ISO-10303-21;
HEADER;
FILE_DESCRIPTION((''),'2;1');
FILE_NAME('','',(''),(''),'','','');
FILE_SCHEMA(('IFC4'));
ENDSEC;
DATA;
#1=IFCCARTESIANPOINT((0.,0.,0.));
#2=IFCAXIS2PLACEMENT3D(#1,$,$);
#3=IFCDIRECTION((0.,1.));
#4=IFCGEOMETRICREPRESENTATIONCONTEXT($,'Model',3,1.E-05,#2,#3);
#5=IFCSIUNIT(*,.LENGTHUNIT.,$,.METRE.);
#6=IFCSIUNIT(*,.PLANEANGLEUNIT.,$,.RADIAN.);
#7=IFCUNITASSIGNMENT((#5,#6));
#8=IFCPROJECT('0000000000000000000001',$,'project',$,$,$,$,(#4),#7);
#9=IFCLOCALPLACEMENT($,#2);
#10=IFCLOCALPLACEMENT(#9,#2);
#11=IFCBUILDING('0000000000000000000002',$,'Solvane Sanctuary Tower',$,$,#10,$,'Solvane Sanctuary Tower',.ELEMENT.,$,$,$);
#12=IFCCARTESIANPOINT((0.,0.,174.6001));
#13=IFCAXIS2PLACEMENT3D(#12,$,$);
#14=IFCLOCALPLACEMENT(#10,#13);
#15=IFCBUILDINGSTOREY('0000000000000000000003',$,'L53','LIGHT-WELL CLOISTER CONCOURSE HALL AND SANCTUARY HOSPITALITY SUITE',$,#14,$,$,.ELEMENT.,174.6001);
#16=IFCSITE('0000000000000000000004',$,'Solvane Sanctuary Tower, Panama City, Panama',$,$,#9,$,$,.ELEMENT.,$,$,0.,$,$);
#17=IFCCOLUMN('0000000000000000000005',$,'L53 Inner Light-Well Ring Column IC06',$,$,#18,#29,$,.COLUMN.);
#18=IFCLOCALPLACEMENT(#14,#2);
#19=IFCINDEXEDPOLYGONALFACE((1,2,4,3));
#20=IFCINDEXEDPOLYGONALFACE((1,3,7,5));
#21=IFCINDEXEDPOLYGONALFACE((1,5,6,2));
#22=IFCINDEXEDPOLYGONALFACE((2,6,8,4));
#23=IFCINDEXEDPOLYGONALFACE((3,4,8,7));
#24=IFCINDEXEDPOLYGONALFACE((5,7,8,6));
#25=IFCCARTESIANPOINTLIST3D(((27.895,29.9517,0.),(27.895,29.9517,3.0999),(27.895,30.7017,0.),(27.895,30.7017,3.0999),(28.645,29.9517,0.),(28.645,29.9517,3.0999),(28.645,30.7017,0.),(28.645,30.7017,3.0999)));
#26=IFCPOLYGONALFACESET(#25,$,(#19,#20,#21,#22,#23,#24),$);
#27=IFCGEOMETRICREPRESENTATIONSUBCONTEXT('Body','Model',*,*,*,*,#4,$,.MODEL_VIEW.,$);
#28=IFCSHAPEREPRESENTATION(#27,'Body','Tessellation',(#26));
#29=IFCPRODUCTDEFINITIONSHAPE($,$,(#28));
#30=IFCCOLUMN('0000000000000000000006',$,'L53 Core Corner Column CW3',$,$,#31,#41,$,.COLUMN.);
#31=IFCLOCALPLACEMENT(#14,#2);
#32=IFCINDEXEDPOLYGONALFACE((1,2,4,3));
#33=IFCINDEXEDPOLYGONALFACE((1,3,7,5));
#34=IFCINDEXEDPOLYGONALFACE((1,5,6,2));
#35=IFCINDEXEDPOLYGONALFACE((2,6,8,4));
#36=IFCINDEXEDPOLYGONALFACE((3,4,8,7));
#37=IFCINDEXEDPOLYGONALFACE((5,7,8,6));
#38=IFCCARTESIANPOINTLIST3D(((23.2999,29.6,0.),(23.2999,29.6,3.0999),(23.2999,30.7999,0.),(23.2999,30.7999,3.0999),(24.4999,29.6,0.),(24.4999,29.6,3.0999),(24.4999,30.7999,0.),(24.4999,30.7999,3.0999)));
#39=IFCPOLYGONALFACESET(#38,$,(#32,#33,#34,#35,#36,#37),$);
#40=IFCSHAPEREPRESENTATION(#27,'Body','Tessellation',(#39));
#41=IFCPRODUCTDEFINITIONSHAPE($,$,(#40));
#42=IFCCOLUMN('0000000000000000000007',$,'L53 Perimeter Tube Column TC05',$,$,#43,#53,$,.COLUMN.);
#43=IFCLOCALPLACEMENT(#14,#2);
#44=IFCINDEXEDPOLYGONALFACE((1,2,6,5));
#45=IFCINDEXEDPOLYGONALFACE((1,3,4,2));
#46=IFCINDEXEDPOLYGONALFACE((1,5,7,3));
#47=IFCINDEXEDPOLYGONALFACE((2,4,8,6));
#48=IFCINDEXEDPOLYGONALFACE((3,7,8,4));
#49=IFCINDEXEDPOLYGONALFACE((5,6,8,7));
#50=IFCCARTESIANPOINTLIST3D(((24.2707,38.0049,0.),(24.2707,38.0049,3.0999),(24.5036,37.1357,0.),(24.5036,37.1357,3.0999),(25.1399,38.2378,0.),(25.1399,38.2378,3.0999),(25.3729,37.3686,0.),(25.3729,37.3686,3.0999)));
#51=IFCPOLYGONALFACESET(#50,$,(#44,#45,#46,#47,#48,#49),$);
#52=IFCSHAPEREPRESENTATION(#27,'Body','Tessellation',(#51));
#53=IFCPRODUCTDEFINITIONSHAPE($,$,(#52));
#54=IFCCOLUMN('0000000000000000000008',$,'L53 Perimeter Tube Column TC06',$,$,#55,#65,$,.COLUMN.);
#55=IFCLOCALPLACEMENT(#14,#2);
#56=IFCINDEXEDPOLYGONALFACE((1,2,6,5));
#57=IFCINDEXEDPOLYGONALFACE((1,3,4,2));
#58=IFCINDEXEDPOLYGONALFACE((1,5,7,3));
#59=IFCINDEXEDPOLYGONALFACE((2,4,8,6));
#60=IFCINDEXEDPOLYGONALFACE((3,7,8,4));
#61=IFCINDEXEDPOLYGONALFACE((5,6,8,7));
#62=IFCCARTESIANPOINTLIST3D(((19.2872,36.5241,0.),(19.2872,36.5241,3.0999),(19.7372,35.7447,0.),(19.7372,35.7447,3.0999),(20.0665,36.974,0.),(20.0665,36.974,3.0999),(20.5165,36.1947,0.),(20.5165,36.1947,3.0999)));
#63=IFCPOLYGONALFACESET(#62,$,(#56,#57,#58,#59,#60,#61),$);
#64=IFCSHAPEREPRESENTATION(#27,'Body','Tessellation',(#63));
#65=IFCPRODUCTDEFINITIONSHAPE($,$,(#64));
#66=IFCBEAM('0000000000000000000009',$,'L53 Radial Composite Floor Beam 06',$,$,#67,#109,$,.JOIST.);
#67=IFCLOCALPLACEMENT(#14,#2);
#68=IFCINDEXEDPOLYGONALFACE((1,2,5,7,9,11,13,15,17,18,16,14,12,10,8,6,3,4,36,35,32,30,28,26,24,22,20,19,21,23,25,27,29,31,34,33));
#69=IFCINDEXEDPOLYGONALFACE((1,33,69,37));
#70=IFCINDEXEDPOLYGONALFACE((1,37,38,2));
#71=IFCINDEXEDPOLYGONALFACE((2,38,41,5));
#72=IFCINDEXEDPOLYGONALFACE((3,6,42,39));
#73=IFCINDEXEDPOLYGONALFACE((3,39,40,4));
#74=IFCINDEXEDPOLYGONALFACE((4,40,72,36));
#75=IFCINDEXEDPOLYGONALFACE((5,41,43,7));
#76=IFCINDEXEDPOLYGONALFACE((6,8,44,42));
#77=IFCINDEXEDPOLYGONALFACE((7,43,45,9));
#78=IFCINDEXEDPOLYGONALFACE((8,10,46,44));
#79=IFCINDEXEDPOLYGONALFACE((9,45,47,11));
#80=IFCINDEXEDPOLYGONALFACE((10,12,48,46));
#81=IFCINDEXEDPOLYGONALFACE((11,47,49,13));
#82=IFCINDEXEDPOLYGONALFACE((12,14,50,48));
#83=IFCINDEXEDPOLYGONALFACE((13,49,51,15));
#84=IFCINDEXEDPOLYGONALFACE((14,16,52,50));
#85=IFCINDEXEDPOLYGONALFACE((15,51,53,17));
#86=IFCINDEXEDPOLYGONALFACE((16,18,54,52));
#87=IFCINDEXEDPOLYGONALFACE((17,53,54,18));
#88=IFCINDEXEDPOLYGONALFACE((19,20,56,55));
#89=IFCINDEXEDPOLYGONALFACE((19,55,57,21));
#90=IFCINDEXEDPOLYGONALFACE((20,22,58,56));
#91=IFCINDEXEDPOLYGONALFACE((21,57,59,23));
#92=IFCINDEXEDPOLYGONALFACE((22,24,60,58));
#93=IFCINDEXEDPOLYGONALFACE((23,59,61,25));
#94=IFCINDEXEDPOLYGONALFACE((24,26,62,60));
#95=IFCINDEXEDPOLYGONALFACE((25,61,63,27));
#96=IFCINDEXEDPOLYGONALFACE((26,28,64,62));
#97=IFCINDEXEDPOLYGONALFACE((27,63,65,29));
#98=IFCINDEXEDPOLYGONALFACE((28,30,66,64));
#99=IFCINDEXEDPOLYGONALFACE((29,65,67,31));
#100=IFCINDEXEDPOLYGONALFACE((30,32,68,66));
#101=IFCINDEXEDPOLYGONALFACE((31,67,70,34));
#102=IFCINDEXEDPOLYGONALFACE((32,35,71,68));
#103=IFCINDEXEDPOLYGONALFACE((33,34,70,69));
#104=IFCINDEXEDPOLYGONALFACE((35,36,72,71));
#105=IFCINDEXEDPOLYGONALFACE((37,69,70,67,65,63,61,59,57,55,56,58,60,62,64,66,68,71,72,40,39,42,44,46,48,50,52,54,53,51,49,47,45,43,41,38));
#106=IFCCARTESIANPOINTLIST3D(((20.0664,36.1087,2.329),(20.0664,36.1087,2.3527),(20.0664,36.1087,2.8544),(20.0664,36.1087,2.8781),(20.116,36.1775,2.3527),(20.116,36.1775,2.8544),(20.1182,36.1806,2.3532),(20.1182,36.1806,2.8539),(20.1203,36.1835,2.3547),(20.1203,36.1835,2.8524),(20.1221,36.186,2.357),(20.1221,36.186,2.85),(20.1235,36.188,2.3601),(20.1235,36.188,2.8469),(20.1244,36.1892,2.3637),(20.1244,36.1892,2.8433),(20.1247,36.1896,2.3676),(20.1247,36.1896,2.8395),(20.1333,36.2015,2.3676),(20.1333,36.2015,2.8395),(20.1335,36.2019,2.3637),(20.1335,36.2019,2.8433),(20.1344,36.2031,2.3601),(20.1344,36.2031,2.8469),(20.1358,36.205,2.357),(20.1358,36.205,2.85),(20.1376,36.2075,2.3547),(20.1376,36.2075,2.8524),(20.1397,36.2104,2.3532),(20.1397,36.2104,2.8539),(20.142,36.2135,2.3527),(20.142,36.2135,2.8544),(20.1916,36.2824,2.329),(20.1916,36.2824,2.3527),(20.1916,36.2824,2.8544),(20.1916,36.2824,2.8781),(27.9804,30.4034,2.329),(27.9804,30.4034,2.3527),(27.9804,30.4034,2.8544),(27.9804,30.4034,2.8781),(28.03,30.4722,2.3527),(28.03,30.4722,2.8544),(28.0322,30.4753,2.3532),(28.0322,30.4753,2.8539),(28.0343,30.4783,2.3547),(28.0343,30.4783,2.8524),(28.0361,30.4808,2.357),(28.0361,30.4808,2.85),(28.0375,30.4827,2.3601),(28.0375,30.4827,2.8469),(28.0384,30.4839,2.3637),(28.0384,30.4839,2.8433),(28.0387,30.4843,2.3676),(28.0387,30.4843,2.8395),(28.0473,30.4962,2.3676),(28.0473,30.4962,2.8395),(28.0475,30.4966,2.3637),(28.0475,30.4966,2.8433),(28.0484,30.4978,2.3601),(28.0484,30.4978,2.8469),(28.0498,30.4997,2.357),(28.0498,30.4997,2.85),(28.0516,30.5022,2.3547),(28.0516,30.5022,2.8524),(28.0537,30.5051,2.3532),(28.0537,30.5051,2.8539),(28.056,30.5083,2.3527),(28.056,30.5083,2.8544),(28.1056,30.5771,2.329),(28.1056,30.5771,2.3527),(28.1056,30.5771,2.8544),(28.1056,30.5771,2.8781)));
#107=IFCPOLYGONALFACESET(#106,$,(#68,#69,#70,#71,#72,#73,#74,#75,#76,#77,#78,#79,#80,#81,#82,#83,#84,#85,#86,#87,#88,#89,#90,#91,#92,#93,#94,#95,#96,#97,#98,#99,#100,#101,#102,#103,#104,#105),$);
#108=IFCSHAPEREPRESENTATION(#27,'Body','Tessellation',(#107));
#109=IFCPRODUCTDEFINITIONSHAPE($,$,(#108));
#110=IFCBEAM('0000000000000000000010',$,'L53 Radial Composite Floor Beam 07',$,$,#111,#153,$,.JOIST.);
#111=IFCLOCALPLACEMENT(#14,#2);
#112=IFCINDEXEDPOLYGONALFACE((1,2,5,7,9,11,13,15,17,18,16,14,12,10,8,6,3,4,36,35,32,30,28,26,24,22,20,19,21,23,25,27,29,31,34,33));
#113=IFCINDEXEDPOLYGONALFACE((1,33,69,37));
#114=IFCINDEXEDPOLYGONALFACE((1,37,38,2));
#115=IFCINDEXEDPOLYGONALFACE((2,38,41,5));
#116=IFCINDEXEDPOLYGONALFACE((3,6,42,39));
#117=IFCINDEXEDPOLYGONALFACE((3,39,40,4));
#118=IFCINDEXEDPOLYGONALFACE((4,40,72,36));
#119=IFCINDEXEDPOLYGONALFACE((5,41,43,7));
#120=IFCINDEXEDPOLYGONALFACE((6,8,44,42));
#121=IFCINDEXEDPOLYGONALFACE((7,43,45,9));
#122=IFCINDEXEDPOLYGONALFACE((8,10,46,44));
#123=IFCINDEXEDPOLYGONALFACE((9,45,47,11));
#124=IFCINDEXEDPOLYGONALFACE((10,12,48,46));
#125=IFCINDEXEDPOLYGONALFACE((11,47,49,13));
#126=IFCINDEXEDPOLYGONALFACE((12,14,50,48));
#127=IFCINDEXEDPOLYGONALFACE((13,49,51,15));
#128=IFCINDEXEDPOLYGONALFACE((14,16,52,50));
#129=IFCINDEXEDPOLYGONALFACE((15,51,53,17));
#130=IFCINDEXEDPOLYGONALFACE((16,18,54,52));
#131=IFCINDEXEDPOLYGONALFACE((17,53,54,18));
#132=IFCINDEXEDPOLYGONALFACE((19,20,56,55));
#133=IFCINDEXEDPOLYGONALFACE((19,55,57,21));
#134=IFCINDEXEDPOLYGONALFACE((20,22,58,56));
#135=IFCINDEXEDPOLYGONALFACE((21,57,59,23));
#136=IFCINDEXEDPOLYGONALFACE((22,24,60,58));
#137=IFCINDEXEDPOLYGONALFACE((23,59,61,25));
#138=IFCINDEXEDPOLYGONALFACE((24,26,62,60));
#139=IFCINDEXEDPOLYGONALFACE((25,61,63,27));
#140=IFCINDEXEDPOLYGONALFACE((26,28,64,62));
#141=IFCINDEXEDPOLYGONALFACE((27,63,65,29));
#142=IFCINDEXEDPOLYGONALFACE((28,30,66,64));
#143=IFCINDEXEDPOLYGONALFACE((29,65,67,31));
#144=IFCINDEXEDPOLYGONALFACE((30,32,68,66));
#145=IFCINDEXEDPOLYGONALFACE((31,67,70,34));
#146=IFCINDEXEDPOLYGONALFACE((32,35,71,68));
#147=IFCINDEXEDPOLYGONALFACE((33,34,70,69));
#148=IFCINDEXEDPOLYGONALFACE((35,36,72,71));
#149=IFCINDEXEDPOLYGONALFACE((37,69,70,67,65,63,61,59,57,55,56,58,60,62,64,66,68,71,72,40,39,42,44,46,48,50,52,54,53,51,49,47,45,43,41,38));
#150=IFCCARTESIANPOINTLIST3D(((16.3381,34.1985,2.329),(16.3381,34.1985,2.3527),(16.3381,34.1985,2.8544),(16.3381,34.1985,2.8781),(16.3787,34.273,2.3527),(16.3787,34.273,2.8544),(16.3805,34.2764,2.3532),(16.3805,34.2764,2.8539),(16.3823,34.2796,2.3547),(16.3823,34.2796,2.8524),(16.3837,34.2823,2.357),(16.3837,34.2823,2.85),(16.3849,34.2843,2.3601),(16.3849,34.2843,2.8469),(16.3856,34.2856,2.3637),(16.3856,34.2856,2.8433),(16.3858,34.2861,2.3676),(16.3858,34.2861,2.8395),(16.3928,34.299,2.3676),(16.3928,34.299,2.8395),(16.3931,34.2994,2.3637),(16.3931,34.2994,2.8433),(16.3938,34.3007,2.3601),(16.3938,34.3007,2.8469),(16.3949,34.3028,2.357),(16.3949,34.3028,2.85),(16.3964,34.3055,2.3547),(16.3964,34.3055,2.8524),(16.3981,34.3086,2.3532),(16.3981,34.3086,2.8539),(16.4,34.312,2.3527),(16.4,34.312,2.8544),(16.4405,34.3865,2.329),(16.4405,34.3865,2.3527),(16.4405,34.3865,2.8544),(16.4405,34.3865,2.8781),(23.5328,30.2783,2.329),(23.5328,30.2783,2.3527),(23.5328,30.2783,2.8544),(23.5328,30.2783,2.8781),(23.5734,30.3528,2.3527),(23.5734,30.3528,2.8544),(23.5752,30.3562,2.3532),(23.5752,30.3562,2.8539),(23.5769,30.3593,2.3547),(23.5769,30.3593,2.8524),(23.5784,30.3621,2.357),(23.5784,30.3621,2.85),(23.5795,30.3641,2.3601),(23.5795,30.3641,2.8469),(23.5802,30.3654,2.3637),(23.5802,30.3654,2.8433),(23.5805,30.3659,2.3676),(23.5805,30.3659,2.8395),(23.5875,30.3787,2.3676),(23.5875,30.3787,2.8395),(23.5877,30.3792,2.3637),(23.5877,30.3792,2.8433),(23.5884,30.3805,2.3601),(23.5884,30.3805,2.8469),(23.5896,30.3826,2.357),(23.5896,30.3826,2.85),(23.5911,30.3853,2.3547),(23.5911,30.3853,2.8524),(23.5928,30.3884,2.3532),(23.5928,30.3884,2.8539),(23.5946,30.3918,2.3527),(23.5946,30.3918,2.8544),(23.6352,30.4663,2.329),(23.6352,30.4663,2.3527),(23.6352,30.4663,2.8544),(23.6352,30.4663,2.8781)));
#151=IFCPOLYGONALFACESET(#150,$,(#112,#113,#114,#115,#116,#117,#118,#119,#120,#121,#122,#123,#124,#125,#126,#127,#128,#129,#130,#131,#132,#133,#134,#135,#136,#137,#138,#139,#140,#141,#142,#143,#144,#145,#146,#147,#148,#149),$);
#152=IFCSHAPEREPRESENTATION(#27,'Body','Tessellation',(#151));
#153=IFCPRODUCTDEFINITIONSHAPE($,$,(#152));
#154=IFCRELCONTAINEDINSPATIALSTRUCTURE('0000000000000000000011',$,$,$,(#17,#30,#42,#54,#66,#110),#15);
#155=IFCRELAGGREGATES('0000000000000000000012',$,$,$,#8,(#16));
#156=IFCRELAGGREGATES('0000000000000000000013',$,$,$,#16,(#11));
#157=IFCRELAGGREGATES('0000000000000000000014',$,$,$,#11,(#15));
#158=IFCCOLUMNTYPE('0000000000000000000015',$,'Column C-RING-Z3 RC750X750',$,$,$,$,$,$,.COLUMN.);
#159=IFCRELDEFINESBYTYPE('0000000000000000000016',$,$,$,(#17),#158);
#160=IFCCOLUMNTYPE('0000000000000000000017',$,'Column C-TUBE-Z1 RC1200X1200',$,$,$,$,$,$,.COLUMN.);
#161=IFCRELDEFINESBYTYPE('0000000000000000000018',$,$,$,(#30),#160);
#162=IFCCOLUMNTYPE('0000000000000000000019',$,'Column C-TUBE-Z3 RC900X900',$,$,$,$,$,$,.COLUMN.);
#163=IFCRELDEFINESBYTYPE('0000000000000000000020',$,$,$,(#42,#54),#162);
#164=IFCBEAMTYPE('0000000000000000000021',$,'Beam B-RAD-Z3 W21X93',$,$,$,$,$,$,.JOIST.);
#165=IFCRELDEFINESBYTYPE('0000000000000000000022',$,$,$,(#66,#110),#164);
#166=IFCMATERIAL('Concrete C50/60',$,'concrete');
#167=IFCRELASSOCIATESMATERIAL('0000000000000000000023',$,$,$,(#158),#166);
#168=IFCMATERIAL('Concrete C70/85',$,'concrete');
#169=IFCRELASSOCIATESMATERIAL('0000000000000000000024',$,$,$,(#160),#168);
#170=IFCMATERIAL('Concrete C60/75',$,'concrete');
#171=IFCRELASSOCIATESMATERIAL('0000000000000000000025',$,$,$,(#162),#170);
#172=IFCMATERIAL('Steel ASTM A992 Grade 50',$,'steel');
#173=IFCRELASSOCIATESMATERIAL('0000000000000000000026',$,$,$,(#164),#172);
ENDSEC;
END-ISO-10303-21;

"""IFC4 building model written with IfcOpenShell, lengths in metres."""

from ifc_helpers import new_model, si_unit, direction, frame, origin, origin_2d, place, context, subcontext, project, spatial, rectangle, i_section, extrude, material, material_profile, profile_set, type_object, element, save


model = new_model("IFC4")

# Units and contexts
model_context = context("Model", 3, precision=1e-05, world=origin(), true_north=direction((0.0, 1.0)))
body_context = subcontext(model_context, "Body", "Model", "MODEL_VIEW")
ifc_project = project(units=[si_unit("LENGTHUNIT", "METRE"), si_unit("PLANEANGLEUNIT", "RADIAN")], contexts=[model_context])

# Site, building, storey
site_placement = place(None, origin())
site = spatial("IfcSite", under=ifc_project, at=site_placement, Name="Solvane Sanctuary Tower, Panama City, Panama", CompositionType="ELEMENT", RefElevation=0.0)
building_placement = place(site_placement, origin())
building = spatial("IfcBuilding", under=site, at=building_placement, Name="Solvane Sanctuary Tower", LongName="Solvane Sanctuary Tower", CompositionType="ELEMENT")
storey_placement = place(building_placement, frame((0.0, 0.0, 174.6001)))
storey = spatial("IfcBuildingStorey", under=building, at=storey_placement, Name="L53", Description="LIGHT-WELL CLOISTER CONCOURSE HALL AND SANCTUARY HOSPITALITY SUITE", CompositionType="ELEMENT", Elevation=174.6001)

# Columns
ifc_material_1 = material(Name="Concrete C50/60", Category="concrete")
ifc_material_profile_1 = material_profile(ifc_material_1, rectangle(XDim=0.75, YDim=0.75, at=origin_2d()), Name="RC750X750")
ifc_profile_set_1 = profile_set([ifc_material_profile_1], Name="Concrete C50/60")
column_type_1 = type_object("IfcColumnType", Name="Column C-RING-Z3 RC750X750", PredefinedType="COLUMN", material=ifc_profile_set_1)
column_1_placement = place(storey_placement, frame((28.27, 30.3267, 0.0), z_axis=(0.0, 0.0, 1.0), x_axis=(1.0, 0.0, 0.0)))
element("IfcColumn", 1, at=column_1_placement, inside=storey, type_object=column_type_1, Name="L53 Inner Light-Well Ring Column IC06", PredefinedType="COLUMN", context=body_context, shape_type="SweptSolid", body=[
    extrude(rectangle(XDim=0.75, YDim=0.75, at=origin_2d()), origin(), (0.0, 0.0, 1.0), 3.0999),
])
ifc_material_2 = material(Name="Concrete C70/85", Category="concrete")
ifc_material_profile_2 = material_profile(ifc_material_2, rectangle(XDim=1.2, YDim=1.2, at=origin_2d()), Name="RC1200X1200")
ifc_profile_set_2 = profile_set([ifc_material_profile_2], Name="Concrete C70/85")
column_type_2 = type_object("IfcColumnType", Name="Column C-TUBE-Z1 RC1200X1200", PredefinedType="COLUMN", material=ifc_profile_set_2)
column_2_placement = place(storey_placement, frame((23.8999, 30.2, 0.0), z_axis=(0.0, 0.0, 1.0), x_axis=(1.0, 0.0, 0.0)))
element("IfcColumn", 2, at=column_2_placement, inside=storey, type_object=column_type_2, Name="L53 Core Corner Column CW3", PredefinedType="COLUMN", context=body_context, shape_type="SweptSolid", body=[
    extrude(rectangle(XDim=1.2, YDim=1.2, at=origin_2d()), origin(), (0.0, 0.0, 1.0), 3.0999),
])
ifc_material_3 = material(Name="Concrete C60/75", Category="concrete")
ifc_material_profile_3 = material_profile(ifc_material_3, rectangle(XDim=0.8999, YDim=0.8999, at=origin_2d()), Name="RC900X900")
ifc_profile_set_3 = profile_set([ifc_material_profile_3], Name="Concrete C60/75")
column_type_3 = type_object("IfcColumnType", Name="Column C-TUBE-Z3 RC900X900", PredefinedType="COLUMN", material=ifc_profile_set_3)
for number, where, z_axis, x_axis, name in (
    (3, (24.8218, 37.6868, 0.0), (0.0, 0.0, 1.0), (-0.258819, 0.965926, 0.0), "L53 Perimeter Tube Column TC05"),
    (4, (19.9019, 36.3594, 0.0), (0.0, 0.0, 1.0), (-0.5, 0.866025, 0.0), "L53 Perimeter Tube Column TC06"),
):
    element("IfcColumn", number, at=place(storey_placement, frame(where, z_axis=z_axis, x_axis=x_axis)), inside=storey, type_object=column_type_3, Name=name, PredefinedType="COLUMN", context=body_context, shape_type="SweptSolid", body=[
        extrude(rectangle(XDim=0.8999, YDim=0.8999, at=origin_2d()), origin(), (0.0, 0.0, 1.0), 3.0999),
    ])

# Beams
ifc_material_4 = material(Name="Steel ASTM A992 Grade 50", Category="steel")
ifc_material_profile_4 = material_profile(ifc_material_4, i_section(OverallWidth=0.2141, OverallDepth=0.5491, WebThickness=0.0146, FlangeThickness=0.0237, FilletRadius=0.0149, at=origin_2d()), Name="W21X93")
ifc_profile_set_4 = profile_set([ifc_material_profile_4], Name="Steel ASTM A992 Grade 50")
beam_type_1 = type_object("IfcBeamType", Name="Beam B-RAD-Z3 W21X93", PredefinedType="JOIST", material=ifc_profile_set_4)
beam_1_placement = place(storey_placement, frame((28.043, 30.4902, 2.6035), z_axis=(-0.811184, 0.58479, 0.0), x_axis=(-0.58479, -0.811184, 0.0)))
element("IfcBeam", 5, at=beam_1_placement, inside=storey, type_object=beam_type_1, Name="L53 Radial Composite Floor Beam 06", PredefinedType="JOIST", context=body_context, shape_type="SweptSolid", body=[
    extrude(i_section(OverallWidth=0.2141, OverallDepth=0.5491, WebThickness=0.0146, FlangeThickness=0.0237, FilletRadius=0.0149, at=origin_2d()), origin(), (0.0, 0.0, 1.0), 9.7561),
])
beam_2_placement = place(storey_placement, frame((23.584, 30.3723, 2.6035), z_axis=(-0.878108, 0.478462, 0.0), x_axis=(-0.478462, -0.878108, 0.0)))
element("IfcBeam", 6, at=beam_2_placement, inside=storey, type_object=beam_type_1, Name="L53 Radial Composite Floor Beam 07", PredefinedType="JOIST", context=body_context, shape_type="SweptSolid", body=[
    extrude(i_section(OverallWidth=0.2141, OverallDepth=0.5491, WebThickness=0.0146, FlangeThickness=0.0237, FilletRadius=0.0149, at=origin_2d()), origin(), (0.0, 0.0, 1.0), 8.1934),
])

save(model, "model.ifc")
